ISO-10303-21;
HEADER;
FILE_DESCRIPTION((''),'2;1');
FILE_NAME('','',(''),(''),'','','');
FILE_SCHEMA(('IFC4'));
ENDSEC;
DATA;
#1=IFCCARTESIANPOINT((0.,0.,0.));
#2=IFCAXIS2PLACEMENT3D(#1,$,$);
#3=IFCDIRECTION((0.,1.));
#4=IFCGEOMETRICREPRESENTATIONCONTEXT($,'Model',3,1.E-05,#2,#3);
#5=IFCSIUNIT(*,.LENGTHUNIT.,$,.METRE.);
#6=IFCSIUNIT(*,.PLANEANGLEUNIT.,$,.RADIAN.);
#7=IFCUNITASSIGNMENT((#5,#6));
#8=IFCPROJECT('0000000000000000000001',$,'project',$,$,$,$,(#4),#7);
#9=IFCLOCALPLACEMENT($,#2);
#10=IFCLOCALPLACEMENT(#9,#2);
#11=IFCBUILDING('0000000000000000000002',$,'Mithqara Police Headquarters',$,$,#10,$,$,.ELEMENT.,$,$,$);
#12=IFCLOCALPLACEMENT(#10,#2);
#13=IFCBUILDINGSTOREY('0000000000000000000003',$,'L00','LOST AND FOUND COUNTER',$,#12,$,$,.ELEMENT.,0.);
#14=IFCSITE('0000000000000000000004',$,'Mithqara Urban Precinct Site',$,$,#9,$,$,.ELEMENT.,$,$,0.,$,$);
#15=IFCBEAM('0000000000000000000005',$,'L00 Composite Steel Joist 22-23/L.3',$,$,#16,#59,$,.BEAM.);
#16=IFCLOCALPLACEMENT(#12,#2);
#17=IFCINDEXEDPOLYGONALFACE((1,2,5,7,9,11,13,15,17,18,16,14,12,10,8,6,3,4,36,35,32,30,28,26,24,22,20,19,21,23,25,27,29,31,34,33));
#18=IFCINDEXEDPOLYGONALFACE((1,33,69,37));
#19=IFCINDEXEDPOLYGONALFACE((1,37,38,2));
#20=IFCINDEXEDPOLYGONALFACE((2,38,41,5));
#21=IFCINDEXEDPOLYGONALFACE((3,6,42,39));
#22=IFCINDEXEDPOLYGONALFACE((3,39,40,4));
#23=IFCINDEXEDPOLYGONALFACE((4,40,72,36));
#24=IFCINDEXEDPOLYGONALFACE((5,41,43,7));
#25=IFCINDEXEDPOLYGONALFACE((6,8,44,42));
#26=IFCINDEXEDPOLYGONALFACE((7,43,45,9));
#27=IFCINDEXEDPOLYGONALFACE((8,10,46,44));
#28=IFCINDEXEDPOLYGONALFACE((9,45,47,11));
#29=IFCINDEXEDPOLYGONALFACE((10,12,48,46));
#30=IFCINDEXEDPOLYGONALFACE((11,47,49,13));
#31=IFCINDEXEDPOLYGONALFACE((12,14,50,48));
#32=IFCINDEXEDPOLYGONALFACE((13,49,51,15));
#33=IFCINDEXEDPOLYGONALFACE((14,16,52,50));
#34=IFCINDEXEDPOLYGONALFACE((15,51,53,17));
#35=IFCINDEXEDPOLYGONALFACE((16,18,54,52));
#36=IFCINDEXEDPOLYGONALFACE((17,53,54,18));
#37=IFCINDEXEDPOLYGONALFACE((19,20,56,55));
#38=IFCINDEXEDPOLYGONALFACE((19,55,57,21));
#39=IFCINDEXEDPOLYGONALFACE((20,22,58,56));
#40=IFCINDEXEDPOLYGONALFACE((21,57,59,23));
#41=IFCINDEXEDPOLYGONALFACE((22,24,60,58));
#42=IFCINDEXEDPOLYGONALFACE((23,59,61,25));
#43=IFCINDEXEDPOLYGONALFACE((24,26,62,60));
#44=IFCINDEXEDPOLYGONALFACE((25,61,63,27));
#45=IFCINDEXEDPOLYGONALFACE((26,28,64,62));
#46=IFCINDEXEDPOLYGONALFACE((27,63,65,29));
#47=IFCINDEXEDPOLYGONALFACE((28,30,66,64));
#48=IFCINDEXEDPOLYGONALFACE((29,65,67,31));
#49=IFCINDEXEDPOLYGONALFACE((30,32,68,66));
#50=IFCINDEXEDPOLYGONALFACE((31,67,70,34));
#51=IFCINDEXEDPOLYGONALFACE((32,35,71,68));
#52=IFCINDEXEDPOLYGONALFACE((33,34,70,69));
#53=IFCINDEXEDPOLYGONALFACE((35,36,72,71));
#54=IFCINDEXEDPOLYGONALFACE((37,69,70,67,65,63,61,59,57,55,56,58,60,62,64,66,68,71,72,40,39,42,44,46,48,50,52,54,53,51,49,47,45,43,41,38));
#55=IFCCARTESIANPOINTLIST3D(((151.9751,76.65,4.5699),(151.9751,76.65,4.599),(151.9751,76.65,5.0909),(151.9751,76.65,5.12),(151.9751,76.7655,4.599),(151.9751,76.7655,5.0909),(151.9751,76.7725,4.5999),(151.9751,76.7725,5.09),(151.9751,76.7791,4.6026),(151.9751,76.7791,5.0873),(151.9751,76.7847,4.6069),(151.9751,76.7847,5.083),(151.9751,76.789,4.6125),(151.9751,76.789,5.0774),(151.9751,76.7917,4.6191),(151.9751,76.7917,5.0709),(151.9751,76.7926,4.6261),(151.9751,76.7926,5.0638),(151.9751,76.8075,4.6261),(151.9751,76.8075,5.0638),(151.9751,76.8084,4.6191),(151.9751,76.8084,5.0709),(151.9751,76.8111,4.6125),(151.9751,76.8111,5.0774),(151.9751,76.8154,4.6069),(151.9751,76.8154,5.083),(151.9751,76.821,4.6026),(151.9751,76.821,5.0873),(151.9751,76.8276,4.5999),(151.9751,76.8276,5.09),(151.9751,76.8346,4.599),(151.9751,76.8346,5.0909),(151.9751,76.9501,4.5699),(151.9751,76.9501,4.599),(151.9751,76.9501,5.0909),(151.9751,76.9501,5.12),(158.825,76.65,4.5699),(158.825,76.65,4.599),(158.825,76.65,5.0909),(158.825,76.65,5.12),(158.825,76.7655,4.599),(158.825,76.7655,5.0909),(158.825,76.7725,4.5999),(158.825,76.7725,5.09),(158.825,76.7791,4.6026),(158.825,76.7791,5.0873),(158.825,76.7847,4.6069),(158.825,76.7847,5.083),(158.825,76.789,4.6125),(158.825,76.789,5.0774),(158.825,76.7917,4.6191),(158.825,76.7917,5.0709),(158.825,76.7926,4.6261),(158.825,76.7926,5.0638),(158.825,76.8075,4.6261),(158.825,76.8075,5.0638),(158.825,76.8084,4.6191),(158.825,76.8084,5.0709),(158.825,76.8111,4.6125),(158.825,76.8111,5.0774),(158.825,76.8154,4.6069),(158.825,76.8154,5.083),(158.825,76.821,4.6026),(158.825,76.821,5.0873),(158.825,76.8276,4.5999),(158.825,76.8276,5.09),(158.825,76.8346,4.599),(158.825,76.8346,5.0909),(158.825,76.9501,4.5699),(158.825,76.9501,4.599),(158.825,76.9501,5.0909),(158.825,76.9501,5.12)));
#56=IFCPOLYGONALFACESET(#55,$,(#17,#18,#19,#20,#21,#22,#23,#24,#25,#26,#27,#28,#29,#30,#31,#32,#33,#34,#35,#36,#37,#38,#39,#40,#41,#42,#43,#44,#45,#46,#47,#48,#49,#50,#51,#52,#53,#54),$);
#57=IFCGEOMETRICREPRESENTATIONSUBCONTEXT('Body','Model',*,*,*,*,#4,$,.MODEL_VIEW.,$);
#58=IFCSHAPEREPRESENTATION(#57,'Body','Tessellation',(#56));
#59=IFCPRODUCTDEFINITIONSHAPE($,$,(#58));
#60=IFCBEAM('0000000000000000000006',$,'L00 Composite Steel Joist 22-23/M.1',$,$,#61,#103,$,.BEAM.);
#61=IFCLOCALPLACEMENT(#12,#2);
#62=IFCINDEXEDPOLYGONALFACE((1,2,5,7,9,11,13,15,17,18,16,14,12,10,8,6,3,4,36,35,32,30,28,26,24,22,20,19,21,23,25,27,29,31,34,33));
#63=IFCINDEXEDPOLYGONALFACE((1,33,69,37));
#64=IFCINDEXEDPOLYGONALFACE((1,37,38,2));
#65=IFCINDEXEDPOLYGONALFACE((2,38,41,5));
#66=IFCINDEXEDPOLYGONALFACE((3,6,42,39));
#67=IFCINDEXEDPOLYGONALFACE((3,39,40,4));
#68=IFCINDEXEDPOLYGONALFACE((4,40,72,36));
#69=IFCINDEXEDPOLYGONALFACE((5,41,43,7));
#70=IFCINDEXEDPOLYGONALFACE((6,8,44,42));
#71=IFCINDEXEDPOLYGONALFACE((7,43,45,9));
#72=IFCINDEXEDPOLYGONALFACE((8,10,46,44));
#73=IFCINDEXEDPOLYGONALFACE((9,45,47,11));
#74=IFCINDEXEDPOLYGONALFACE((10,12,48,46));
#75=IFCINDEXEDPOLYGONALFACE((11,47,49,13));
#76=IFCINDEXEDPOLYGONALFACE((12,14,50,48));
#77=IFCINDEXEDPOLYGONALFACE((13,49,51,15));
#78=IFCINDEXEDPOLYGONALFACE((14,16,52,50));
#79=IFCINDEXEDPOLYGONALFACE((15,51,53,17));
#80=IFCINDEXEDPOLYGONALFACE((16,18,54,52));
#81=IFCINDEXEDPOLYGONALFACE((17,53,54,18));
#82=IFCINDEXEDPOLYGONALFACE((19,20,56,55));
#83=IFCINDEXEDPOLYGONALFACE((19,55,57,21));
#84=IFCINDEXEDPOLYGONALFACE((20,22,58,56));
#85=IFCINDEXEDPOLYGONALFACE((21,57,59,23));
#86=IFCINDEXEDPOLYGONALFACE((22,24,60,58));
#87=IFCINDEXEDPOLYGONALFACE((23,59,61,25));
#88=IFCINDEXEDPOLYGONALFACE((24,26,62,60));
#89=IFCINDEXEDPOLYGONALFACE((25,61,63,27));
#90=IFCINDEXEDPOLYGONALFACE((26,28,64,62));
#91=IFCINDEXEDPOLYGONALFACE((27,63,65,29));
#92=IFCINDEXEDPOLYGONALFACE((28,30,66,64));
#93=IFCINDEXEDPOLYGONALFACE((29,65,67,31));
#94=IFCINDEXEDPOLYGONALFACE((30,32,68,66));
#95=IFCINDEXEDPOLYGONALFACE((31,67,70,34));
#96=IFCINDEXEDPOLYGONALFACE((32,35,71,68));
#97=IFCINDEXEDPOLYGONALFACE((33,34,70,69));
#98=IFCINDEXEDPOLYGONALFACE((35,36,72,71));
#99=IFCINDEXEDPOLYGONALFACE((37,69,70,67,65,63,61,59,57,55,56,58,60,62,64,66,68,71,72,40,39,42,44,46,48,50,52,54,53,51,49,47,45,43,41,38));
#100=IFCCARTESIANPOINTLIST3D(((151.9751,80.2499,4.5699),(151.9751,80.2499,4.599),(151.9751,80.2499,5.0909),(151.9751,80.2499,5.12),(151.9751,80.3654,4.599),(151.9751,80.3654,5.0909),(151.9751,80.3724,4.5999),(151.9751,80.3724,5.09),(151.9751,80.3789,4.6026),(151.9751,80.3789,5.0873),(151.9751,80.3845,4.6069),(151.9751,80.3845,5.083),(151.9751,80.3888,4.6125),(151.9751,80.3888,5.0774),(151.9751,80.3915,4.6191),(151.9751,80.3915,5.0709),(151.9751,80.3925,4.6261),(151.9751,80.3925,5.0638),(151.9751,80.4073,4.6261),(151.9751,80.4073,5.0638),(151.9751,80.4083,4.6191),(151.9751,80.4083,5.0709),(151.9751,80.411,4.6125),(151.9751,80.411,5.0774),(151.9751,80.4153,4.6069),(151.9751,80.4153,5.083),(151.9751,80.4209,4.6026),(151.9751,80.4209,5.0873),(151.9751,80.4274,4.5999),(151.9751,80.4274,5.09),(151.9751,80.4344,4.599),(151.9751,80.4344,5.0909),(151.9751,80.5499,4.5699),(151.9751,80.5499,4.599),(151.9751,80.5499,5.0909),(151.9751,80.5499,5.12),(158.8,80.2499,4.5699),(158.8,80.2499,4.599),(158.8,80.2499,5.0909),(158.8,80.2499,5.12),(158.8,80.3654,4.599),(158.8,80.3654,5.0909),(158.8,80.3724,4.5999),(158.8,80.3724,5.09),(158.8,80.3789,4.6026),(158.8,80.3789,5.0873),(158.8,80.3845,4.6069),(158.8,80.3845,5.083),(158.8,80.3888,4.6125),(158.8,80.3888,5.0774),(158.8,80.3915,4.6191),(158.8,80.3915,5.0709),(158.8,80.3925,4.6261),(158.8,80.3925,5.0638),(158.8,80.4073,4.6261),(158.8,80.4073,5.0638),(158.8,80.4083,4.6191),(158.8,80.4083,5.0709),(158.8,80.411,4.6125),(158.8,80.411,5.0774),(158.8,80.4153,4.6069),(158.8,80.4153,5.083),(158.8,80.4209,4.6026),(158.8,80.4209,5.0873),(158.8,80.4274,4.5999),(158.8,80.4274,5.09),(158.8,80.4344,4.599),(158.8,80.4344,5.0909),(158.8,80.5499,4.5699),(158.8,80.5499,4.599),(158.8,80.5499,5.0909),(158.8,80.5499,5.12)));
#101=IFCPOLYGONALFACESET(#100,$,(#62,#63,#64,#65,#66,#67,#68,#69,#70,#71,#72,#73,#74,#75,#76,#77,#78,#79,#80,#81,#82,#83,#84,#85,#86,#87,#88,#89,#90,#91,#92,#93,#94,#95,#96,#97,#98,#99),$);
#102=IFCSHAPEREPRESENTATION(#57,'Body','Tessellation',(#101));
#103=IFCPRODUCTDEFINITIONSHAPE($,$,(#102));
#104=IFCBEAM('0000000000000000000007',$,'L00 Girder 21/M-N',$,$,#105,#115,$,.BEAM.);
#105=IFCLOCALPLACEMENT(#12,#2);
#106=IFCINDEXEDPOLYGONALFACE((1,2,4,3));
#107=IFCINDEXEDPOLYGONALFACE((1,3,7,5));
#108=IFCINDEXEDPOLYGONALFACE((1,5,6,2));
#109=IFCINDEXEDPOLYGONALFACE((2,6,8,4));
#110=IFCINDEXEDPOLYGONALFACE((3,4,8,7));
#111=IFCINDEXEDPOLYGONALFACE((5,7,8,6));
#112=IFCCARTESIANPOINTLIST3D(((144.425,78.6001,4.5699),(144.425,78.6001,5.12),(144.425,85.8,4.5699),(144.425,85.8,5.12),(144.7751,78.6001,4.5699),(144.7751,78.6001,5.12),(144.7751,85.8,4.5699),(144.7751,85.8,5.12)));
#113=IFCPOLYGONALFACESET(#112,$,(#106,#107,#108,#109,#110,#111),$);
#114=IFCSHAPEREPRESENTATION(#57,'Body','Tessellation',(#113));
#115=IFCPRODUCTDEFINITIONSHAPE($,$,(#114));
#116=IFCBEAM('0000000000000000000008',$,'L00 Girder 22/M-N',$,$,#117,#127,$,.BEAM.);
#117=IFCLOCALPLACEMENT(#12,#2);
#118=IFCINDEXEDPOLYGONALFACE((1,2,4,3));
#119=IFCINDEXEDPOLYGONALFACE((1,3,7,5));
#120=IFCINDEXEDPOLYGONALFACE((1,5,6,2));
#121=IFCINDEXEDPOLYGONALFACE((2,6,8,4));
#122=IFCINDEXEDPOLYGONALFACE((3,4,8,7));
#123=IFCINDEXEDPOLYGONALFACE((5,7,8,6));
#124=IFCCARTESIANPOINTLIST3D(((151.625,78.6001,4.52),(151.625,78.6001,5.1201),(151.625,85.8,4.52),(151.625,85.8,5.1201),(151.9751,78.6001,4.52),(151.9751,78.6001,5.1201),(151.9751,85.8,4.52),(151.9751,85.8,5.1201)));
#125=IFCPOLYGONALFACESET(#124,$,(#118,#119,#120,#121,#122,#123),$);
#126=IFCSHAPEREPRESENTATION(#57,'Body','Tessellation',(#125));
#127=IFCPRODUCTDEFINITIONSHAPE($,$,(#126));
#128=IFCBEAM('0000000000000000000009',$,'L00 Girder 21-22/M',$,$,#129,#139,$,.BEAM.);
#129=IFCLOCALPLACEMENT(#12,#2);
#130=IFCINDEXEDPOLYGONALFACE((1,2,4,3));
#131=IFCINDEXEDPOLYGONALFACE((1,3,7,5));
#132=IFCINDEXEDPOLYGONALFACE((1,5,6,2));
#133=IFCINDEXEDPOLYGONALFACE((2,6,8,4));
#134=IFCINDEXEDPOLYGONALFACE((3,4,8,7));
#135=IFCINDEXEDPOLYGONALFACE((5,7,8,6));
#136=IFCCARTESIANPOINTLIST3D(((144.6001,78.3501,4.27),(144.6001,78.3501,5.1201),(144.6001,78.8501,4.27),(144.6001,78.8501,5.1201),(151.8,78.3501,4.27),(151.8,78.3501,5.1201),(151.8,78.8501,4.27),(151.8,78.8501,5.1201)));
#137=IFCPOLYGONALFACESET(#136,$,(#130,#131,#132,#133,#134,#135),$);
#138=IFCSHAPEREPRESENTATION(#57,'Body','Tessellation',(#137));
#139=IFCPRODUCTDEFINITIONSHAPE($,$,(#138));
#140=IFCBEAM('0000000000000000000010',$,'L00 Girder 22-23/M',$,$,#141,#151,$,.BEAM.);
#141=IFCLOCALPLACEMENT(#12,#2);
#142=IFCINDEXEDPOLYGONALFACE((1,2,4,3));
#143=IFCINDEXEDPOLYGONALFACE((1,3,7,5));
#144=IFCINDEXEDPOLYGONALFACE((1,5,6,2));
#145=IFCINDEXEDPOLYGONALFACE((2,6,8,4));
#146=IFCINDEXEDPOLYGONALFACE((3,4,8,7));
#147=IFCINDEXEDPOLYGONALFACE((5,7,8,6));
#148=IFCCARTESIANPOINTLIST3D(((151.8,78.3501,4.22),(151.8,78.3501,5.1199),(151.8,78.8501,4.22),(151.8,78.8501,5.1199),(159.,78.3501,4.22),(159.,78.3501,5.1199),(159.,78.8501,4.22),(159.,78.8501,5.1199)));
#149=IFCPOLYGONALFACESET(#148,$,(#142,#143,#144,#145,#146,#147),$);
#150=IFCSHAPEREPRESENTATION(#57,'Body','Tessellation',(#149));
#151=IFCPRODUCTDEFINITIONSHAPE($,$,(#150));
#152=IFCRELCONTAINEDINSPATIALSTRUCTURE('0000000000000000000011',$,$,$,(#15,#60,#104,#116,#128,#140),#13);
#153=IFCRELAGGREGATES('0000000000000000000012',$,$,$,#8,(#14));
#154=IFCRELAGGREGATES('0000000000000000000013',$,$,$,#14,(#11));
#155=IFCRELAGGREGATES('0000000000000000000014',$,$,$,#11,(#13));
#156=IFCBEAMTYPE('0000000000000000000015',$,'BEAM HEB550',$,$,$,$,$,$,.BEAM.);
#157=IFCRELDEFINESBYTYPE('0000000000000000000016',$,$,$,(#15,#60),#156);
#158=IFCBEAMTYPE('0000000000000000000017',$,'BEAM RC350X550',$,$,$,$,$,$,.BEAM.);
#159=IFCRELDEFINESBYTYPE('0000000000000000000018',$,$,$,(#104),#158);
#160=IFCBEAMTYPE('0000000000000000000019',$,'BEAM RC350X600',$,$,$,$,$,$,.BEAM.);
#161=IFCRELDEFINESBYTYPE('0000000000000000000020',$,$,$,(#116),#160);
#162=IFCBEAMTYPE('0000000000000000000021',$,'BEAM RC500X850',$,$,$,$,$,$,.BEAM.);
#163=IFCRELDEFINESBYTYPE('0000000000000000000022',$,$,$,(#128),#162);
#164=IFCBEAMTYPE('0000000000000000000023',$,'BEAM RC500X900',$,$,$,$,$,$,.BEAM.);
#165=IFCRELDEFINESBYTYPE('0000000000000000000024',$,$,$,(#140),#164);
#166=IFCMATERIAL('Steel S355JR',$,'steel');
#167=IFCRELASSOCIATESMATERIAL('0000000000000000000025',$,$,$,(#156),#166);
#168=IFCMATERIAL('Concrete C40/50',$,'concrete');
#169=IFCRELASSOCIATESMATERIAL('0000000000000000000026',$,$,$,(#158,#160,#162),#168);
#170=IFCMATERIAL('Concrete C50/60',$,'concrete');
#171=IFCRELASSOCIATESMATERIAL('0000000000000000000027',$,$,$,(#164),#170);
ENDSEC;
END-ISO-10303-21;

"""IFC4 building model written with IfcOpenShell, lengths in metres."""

from ifc_helpers import new_model, si_unit, direction, frame, origin, origin_2d, place, context, subcontext, project, spatial, rectangle, i_section, extrude, material, material_profile, profile_set, type_object, element, save


model = new_model("IFC4")

# Units and contexts
model_context = context("Model", 3, precision=1e-05, world=origin(), true_north=direction((0.0, 1.0)))
body_context = subcontext(model_context, "Body", "Model", "MODEL_VIEW")
ifc_project = project(units=[si_unit("LENGTHUNIT", "METRE"), si_unit("PLANEANGLEUNIT", "RADIAN")], contexts=[model_context])

# Site, building, storey
site_placement = place(None, origin())
site = spatial("IfcSite", under=ifc_project, at=site_placement, Name="Mithqara Urban Precinct Site", CompositionType="ELEMENT", RefElevation=0.0)
building_placement = place(site_placement, origin())
building = spatial("IfcBuilding", under=site, at=building_placement, Name="Mithqara Police Headquarters", CompositionType="ELEMENT")
storey_placement = place(building_placement, origin())
storey = spatial("IfcBuildingStorey", under=building, at=storey_placement, Name="L00", Description="LOST AND FOUND COUNTER", CompositionType="ELEMENT", Elevation=0.0)

# Shared definitions
ifc_material_1 = material(Name="Concrete C50/60", Category="concrete")

# Beams
ifc_material_2 = material(Name="Steel S355JR", Category="steel")
ifc_material_profile_1 = material_profile(ifc_material_2, i_section(OverallWidth=0.3, OverallDepth=0.55, WebThickness=0.0149, FlangeThickness=0.0291, FilletRadius=0.0271, at=origin_2d()), Name="HEB 550")
ifc_profile_set_1 = profile_set([ifc_material_profile_1], Name="Steel S355JR")
beam_type_1 = type_object("IfcBeamType", Name="BEAM HEB550", PredefinedType="BEAM", material=ifc_profile_set_1)
for number, where, z_axis, x_axis, name in (
    (1, (151.9751, 76.8, 4.845), (1.0, 0.0, 0.0), (0.0, 1.0, 0.0), "L00 Composite Steel Joist 22-23/L.3"),
):
    element("IfcBeam", number, at=place(storey_placement, frame(where, z_axis=z_axis, x_axis=x_axis)), inside=storey, type_object=beam_type_1, Name=name, PredefinedType="BEAM", context=body_context, shape_type="SweptSolid", body=[
        extrude(i_section(OverallWidth=0.3, OverallDepth=0.55, WebThickness=0.0149, FlangeThickness=0.0291, FilletRadius=0.0271, at=origin_2d()), origin(), (0.0, 0.0, 1.0), 6.8499),
    ])
beam_1_placement = place(storey_placement, frame((151.9751, 80.3999, 4.845), z_axis=(1.0, 0.0, 0.0), x_axis=(0.0, 1.0, 0.0)))
element("IfcBeam", 2, at=beam_1_placement, inside=storey, type_object=beam_type_1, Name="L00 Composite Steel Joist 22-23/M.1", PredefinedType="BEAM", context=body_context, shape_type="SweptSolid", body=[
    extrude(i_section(OverallWidth=0.3, OverallDepth=0.55, WebThickness=0.0149, FlangeThickness=0.0291, FilletRadius=0.0271, at=origin_2d()), origin(), (0.0, 0.0, 1.0), 6.825),
])
ifc_material_3 = material(Name="Concrete C40/50", Category="concrete")
ifc_material_profile_2 = material_profile(ifc_material_3, rectangle(XDim=0.3501, YDim=0.55, at=origin_2d()), Name="RC 350x550")
ifc_profile_set_2 = profile_set([ifc_material_profile_2], Name="Concrete C40/50")
beam_type_2 = type_object("IfcBeamType", Name="BEAM RC350X550", PredefinedType="BEAM", material=ifc_profile_set_2)
beam_2_placement = place(storey_placement, frame((144.6001, 78.6001, 4.845), z_axis=(0.0, 1.0, 0.0), x_axis=(-1.0, 0.0, 0.0)))
element("IfcBeam", 3, at=beam_2_placement, inside=storey, type_object=beam_type_2, Name="L00 Girder 21/M-N", PredefinedType="BEAM", context=body_context, shape_type="SweptSolid", body=[
    extrude(rectangle(XDim=0.3501, YDim=0.55, at=origin_2d()), origin(), (0.0, 0.0, 1.0), 7.2),
])
ifc_material_profile_3 = material_profile(ifc_material_3, rectangle(XDim=0.3501, YDim=0.6001, at=origin_2d()), Name="RC 350x600")
ifc_profile_set_3 = profile_set([ifc_material_profile_3], Name="Concrete C40/50")
beam_type_3 = type_object("IfcBeamType", Name="BEAM RC350X600", PredefinedType="BEAM", material=ifc_profile_set_3)
beam_3_placement = place(storey_placement, frame((151.8, 78.6001, 4.8201), z_axis=(0.0, 1.0, 0.0), x_axis=(-1.0, 0.0, 0.0)))
element("IfcBeam", 4, at=beam_3_placement, inside=storey, type_object=beam_type_3, Name="L00 Girder 22/M-N", PredefinedType="BEAM", context=body_context, shape_type="SweptSolid", body=[
    extrude(rectangle(XDim=0.3501, YDim=0.6001, at=origin_2d()), origin(), (0.0, 0.0, 1.0), 7.2),
])
ifc_material_profile_4 = material_profile(ifc_material_3, rectangle(XDim=0.5, YDim=0.8501, at=origin_2d()), Name="RC 500x850")
ifc_profile_set_4 = profile_set([ifc_material_profile_4], Name="Concrete C40/50")
beam_type_4 = type_object("IfcBeamType", Name="BEAM RC500X850", PredefinedType="BEAM", material=ifc_profile_set_4)
beam_4_placement = place(storey_placement, frame((144.6001, 78.6001, 4.6951), z_axis=(1.0, 0.0, 0.0), x_axis=(0.0, 1.0, 0.0)))
element("IfcBeam", 5, at=beam_4_placement, inside=storey, type_object=beam_type_4, Name="L00 Girder 21-22/M", PredefinedType="BEAM", context=body_context, shape_type="SweptSolid", body=[
    extrude(rectangle(XDim=0.5, YDim=0.8501, at=origin_2d()), origin(), (0.0, 0.0, 1.0), 7.2),
])
ifc_material_profile_5 = material_profile(ifc_material_1, rectangle(XDim=0.5, YDim=0.8999, at=origin_2d()), Name="RC 500x900")
ifc_profile_set_5 = profile_set([ifc_material_profile_5], Name="Concrete C50/60")
beam_type_5 = type_object("IfcBeamType", Name="BEAM RC500X900", PredefinedType="BEAM", material=ifc_profile_set_5)
beam_5_placement = place(storey_placement, frame((151.8, 78.6001, 4.6699), z_axis=(1.0, 0.0, 0.0), x_axis=(0.0, 1.0, 0.0)))
element("IfcBeam", 6, at=beam_5_placement, inside=storey, type_object=beam_type_5, Name="L00 Girder 22-23/M", PredefinedType="BEAM", context=body_context, shape_type="SweptSolid", body=[
    extrude(rectangle(XDim=0.5, YDim=0.8999, at=origin_2d()), origin(), (0.0, 0.0, 1.0), 7.2),
])

save(model, "model.ifc")
